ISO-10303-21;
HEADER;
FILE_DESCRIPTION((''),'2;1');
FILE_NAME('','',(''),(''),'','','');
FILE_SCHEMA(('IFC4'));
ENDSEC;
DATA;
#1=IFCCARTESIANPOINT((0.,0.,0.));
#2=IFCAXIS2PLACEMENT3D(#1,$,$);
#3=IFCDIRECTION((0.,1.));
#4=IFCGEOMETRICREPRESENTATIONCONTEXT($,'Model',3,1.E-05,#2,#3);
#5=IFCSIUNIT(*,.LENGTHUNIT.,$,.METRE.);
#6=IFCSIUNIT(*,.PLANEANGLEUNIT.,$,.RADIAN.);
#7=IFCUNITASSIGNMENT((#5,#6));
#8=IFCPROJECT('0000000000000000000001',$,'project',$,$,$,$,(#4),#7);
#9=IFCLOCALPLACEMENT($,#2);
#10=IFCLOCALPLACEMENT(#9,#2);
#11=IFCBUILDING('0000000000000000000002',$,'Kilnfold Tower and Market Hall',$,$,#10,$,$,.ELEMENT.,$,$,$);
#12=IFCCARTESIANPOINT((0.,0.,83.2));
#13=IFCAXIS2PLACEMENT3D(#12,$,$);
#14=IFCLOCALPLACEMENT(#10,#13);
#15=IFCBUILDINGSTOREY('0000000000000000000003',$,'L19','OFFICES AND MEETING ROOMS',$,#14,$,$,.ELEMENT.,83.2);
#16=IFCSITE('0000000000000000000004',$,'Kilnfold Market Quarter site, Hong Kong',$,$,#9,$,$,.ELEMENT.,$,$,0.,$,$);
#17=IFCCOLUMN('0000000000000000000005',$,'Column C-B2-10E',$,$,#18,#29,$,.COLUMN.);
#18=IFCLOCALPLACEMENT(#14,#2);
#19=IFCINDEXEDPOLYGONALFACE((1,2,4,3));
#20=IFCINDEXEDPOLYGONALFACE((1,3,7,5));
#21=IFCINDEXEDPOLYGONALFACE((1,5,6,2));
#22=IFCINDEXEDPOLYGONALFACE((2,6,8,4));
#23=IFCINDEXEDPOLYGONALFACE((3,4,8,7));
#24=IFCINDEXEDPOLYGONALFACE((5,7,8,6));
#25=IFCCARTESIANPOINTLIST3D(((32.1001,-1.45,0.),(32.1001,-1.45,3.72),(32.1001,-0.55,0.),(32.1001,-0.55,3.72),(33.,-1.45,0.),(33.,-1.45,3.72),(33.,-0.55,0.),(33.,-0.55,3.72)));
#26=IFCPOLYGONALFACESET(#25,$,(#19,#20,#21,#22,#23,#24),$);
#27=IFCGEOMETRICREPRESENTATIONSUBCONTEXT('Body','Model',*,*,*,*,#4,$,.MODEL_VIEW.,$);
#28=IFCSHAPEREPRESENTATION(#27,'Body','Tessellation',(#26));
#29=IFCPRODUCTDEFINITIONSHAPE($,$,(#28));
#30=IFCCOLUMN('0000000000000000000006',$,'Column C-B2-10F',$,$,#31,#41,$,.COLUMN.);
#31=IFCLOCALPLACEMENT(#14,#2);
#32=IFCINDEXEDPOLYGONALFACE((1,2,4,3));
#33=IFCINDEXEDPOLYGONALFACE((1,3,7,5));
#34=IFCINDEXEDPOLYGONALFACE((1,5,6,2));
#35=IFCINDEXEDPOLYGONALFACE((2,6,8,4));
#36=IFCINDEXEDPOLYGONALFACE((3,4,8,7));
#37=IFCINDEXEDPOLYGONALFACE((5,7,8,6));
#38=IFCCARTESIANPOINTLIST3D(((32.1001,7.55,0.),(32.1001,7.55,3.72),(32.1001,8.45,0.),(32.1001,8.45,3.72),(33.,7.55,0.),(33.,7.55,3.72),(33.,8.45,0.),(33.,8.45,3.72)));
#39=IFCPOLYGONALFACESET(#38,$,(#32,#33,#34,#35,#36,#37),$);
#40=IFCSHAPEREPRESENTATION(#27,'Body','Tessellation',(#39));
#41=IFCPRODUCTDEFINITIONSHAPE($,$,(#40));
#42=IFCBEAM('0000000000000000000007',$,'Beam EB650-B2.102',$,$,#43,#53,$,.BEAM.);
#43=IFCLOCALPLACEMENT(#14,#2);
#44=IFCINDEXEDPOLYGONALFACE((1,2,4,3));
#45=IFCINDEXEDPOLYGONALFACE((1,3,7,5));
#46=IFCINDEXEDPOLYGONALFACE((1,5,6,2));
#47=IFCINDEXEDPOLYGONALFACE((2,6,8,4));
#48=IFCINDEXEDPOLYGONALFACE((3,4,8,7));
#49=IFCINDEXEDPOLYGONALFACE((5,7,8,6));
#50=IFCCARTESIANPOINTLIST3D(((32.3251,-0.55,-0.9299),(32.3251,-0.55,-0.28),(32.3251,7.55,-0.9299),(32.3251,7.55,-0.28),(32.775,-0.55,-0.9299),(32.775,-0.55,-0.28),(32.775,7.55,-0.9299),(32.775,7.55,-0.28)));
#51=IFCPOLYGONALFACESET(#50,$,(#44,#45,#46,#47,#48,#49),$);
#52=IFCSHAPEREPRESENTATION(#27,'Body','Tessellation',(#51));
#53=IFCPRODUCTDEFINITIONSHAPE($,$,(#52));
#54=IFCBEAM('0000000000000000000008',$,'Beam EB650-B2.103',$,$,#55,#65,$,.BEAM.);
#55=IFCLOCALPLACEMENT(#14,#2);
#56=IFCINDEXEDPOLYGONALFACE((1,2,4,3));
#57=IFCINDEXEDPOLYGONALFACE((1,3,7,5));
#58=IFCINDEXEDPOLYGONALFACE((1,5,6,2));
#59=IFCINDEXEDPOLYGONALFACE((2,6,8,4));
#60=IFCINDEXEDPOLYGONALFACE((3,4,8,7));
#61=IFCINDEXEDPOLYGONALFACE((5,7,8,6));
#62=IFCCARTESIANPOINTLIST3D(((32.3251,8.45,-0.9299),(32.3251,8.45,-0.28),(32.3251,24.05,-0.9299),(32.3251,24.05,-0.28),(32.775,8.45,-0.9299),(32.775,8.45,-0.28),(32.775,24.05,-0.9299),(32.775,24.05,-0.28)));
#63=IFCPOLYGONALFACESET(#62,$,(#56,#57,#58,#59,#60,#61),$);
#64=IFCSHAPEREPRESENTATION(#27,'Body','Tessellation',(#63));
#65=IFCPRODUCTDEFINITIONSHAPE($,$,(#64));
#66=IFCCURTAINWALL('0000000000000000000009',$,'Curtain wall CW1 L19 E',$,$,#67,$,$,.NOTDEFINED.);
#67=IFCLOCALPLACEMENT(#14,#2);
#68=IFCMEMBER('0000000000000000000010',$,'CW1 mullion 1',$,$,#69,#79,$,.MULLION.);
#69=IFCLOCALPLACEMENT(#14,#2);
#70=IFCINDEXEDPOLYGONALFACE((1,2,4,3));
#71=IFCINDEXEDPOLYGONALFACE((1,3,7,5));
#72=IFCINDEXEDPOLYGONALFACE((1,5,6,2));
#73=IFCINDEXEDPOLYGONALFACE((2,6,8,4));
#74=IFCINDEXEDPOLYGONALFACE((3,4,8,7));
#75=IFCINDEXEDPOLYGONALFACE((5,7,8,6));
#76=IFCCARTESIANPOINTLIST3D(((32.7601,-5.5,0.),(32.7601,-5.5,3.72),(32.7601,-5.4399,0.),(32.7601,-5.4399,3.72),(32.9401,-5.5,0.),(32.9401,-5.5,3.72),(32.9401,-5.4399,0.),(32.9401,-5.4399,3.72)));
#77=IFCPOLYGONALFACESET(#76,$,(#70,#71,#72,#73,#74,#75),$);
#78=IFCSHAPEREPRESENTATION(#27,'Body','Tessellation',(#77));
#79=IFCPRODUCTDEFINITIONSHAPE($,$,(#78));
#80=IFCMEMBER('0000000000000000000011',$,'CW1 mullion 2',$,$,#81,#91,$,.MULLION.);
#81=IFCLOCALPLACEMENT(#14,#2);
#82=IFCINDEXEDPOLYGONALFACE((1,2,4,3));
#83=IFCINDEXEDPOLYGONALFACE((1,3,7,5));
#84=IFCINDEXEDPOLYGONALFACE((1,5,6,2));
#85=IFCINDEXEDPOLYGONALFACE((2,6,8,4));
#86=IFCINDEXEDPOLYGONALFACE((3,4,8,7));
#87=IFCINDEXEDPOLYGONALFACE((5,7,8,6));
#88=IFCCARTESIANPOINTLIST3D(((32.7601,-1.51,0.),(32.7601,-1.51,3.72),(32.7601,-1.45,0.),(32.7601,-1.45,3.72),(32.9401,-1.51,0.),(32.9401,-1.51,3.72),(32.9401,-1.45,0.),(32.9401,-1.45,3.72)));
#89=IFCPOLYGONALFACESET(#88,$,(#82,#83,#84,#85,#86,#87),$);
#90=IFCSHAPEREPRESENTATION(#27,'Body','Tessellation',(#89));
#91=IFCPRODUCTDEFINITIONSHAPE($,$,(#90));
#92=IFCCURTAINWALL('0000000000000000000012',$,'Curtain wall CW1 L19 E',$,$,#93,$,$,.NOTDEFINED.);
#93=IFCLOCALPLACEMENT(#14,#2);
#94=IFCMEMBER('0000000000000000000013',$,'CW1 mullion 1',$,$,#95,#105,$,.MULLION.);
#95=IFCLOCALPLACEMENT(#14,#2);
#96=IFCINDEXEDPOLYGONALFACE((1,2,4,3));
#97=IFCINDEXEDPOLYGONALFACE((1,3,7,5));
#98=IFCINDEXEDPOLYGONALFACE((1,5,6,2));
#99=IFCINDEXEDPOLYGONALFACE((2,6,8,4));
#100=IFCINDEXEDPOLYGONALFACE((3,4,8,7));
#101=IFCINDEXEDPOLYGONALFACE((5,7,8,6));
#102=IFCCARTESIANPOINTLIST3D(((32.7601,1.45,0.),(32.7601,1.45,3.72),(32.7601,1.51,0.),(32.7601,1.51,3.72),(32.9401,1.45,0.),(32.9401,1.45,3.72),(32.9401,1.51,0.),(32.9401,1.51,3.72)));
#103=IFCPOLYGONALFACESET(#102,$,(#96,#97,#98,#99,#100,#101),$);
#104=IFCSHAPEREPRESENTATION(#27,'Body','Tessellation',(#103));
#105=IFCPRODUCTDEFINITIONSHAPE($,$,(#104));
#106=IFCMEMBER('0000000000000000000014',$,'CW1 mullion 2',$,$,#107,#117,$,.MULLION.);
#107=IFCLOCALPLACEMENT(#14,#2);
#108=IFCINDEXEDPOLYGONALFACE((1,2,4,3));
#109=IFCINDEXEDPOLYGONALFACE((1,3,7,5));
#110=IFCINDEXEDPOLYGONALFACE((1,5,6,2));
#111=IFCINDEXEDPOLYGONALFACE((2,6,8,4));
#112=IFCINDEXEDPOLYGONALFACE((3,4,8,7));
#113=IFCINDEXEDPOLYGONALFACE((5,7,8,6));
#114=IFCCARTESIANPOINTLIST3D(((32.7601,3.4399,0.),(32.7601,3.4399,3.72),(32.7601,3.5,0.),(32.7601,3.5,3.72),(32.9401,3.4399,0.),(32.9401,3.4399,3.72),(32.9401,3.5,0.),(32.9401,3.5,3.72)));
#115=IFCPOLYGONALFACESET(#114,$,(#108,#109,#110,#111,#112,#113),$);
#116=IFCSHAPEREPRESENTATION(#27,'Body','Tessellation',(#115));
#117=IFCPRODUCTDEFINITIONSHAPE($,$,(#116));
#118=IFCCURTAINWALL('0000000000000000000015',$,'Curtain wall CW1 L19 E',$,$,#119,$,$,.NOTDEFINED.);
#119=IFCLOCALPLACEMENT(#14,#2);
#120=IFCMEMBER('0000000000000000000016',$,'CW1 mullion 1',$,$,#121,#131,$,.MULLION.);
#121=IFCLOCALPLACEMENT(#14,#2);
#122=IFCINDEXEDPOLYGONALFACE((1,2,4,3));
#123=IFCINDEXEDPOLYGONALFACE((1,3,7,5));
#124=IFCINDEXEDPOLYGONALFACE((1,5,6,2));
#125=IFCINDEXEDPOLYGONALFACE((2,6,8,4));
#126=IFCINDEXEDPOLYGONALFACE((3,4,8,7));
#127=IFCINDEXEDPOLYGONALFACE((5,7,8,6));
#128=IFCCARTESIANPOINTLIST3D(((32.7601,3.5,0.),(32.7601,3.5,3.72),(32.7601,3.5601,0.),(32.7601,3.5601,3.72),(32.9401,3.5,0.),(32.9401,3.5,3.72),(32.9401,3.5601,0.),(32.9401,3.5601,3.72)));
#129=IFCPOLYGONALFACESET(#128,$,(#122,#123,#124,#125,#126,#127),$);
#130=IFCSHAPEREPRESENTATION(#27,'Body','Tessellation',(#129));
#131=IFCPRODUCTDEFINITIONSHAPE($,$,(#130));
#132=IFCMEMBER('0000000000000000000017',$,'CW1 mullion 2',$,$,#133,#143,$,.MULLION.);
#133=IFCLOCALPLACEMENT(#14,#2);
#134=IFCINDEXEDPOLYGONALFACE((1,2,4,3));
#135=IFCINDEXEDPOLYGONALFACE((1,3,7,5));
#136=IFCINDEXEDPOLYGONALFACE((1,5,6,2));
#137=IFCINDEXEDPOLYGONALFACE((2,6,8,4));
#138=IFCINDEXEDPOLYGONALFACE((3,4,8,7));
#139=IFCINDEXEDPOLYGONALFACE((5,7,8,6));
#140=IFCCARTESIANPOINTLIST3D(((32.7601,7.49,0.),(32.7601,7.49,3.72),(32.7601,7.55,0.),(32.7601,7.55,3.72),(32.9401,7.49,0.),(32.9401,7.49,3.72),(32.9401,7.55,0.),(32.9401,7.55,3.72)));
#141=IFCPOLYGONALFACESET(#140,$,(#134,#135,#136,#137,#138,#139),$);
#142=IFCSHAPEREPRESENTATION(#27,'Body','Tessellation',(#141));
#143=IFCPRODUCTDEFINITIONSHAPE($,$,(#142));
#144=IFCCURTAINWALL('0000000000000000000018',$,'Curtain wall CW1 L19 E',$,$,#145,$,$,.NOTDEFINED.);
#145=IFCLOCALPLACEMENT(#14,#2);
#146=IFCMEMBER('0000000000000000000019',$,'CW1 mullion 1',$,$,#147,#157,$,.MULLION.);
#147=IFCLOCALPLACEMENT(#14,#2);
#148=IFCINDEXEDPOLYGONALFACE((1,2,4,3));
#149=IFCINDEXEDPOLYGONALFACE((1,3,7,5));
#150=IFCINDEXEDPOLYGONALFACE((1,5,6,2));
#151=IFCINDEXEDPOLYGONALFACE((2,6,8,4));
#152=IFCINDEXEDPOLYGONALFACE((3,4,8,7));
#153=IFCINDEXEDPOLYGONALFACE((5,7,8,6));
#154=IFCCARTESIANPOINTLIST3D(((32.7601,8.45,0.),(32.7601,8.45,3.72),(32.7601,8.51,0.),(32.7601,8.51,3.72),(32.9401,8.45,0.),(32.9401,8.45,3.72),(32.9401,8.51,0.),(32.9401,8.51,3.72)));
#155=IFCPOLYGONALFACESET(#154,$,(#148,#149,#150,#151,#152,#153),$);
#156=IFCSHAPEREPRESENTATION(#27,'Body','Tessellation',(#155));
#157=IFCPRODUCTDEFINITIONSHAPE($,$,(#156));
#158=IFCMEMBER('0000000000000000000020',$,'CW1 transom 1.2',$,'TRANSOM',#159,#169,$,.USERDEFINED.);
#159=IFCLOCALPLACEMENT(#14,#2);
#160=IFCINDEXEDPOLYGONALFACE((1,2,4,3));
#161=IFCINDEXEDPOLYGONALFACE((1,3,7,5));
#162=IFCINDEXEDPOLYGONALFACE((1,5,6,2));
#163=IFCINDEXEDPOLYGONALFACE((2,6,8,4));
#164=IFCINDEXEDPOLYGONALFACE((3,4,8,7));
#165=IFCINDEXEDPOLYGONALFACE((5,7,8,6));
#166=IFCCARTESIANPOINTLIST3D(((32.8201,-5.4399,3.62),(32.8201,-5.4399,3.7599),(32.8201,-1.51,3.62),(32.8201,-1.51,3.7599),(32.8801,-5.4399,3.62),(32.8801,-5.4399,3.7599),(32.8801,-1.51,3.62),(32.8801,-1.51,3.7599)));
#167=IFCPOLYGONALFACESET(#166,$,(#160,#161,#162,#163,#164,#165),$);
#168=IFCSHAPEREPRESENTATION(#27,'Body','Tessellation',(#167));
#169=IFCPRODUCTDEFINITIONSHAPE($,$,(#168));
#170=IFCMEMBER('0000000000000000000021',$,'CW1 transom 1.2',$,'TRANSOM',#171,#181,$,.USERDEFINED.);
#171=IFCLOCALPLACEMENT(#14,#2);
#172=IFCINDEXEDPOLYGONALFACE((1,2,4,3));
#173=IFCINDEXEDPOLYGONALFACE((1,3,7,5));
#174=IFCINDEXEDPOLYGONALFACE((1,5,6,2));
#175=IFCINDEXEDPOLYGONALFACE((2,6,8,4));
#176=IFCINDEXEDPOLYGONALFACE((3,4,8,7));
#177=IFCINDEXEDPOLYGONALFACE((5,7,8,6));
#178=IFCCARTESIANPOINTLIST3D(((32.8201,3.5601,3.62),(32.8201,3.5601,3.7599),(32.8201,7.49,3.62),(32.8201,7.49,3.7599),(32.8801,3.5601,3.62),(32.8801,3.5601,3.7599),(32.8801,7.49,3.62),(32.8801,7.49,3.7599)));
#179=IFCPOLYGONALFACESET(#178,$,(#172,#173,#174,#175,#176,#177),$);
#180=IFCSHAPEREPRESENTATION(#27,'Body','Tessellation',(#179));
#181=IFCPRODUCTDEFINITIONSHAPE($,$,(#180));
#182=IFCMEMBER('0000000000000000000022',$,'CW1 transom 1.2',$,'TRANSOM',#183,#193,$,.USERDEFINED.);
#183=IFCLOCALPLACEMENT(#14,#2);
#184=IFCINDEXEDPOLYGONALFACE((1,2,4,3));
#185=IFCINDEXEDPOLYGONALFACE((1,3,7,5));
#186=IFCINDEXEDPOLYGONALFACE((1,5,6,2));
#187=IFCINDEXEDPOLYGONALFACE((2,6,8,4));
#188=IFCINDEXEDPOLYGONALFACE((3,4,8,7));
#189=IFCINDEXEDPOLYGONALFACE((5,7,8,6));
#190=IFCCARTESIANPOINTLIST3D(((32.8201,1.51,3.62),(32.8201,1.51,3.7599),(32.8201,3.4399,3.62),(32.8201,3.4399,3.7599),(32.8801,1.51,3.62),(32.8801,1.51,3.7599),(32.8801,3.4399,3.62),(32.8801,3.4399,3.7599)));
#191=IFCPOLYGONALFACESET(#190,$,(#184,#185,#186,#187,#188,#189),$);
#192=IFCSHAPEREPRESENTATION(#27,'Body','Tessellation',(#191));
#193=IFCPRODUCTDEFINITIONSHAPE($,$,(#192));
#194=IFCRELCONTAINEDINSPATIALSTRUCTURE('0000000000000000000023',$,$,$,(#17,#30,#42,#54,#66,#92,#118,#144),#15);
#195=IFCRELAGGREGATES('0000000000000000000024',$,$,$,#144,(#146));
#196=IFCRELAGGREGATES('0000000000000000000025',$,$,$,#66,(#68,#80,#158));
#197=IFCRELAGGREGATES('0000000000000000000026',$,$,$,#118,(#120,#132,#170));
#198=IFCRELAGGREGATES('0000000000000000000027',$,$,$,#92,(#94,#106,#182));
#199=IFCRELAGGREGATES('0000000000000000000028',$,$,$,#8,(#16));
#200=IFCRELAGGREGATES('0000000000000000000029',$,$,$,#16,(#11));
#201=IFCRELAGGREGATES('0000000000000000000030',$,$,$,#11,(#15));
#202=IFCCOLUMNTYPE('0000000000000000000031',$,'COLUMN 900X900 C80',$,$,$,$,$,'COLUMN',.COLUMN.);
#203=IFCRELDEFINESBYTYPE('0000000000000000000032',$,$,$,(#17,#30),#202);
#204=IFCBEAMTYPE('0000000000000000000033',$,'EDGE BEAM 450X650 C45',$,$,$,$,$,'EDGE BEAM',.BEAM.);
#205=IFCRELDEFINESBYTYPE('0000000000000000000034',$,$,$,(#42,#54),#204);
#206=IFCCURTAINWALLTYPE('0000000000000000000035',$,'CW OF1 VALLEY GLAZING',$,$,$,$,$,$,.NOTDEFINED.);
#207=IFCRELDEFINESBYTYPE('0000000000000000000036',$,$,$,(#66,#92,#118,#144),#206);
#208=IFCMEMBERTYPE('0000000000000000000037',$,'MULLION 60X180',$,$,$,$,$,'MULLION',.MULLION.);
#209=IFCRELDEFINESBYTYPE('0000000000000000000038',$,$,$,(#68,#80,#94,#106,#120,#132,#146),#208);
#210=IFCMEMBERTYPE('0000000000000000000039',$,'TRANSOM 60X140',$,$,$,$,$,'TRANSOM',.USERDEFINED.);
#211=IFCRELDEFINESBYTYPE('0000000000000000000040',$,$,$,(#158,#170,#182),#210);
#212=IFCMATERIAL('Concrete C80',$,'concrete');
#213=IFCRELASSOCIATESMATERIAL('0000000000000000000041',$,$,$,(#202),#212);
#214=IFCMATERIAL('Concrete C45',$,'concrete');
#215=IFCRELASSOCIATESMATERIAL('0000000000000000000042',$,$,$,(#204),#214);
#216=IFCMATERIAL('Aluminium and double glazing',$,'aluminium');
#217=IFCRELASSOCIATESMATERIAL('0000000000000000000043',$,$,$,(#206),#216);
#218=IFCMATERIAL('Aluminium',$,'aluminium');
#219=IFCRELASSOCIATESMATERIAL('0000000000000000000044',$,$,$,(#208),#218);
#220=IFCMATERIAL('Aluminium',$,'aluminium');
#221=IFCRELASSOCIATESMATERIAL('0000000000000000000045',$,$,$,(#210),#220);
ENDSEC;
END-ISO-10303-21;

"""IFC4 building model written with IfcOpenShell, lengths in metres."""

from ifc_helpers import new_model, si_unit, direction, frame, origin, origin_2d, place, context, subcontext, project, spatial, rectangle, extrude, source, transform, mapped, material, material_profile, profile_set, type_object, element, aggregate, save


model = new_model("IFC4")

# Units and contexts
model_context = context("Model", 3, precision=1e-05, world=origin(), true_north=direction((0.0, 1.0)))
body_context = subcontext(model_context, "Body", "Model", "MODEL_VIEW")
ifc_project = project(units=[si_unit("LENGTHUNIT", "METRE"), si_unit("PLANEANGLEUNIT", "RADIAN")], contexts=[model_context])

# Site, building, storey
site_placement = place(None, origin())
site = spatial("IfcSite", under=ifc_project, at=site_placement, Name="Kilnfold Market Quarter site, Hong Kong", CompositionType="ELEMENT", RefElevation=0.0)
building_placement = place(site_placement, origin())
building = spatial("IfcBuilding", under=site, at=building_placement, Name="Kilnfold Tower and Market Hall", CompositionType="ELEMENT")
storey_placement = place(building_placement, frame((0.0, 0.0, 83.2)))
storey = spatial("IfcBuildingStorey", under=building, at=storey_placement, Name="L19", Description="OFFICES AND MEETING ROOMS", CompositionType="ELEMENT", Elevation=83.2)

# Columns
ifc_material_1 = material(Name="Concrete C80", Category="concrete")
ifc_material_profile_1 = material_profile(ifc_material_1, rectangle(XDim=0.8999, YDim=0.8999, at=origin_2d()), Name="RC 900x900")
ifc_profile_set_1 = profile_set([ifc_material_profile_1], Name="Concrete C80")
column_type = type_object("IfcColumnType", Name="COLUMN 900X900 C80", ElementType="COLUMN", PredefinedType="COLUMN", material=ifc_profile_set_1)
shared_shape_1 = source(origin(), body_context, "Body", "SweptSolid", [
    extrude(rectangle(XDim=0.8999, YDim=0.8999, at=origin_2d()), origin(), (0.0, 0.0, 1.0), 3.72),
])
for number, where, z_axis, x_axis, name in (
    (1, (32.55, -1.0, 0.0), (0.0, 0.0, 1.0), (1.0, 0.0, 0.0), "Column C-B2-10E"),
    (2, (32.55, 8.0, 0.0), (0.0, 0.0, 1.0), (1.0, 0.0, 0.0), "Column C-B2-10F"),
):
    element("IfcColumn", number, at=place(storey_placement, frame(where, z_axis=z_axis, x_axis=x_axis)), inside=storey, type_object=column_type, Name=name, PredefinedType="COLUMN", context=body_context, shape_type="MappedRepresentation", body=[
        mapped(shared_shape_1, transform((0.0, 0.0, 0.0))),
    ])

# Beams
ifc_material_2 = material(Name="Concrete C45", Category="concrete")
ifc_material_profile_2 = material_profile(ifc_material_2, rectangle(XDim=0.45, YDim=0.6499, at=origin_2d()), Name="RC 450x650")
ifc_profile_set_2 = profile_set([ifc_material_profile_2], Name="Concrete C45")
beam_type = type_object("IfcBeamType", Name="EDGE BEAM 450X650 C45", ElementType="EDGE BEAM", PredefinedType="BEAM", material=ifc_profile_set_2)
shared_shape_2 = source(origin(), body_context, "Body", "SweptSolid", [
    extrude(rectangle(XDim=0.45, YDim=0.6499, at=origin_2d()), origin(), (0.0, 0.0, 1.0), 8.1001),
])
beam_1_placement = place(storey_placement, frame((32.55, -0.55, -0.605), z_axis=(0.0, 1.0, 0.0), x_axis=(-1.0, 0.0, 0.0)))
element("IfcBeam", 3, at=beam_1_placement, inside=storey, type_object=beam_type, Name="Beam EB650-B2.102", PredefinedType="BEAM", context=body_context, shape_type="MappedRepresentation", body=[
    mapped(shared_shape_2, transform((0.0, 0.0, 0.0))),
])
shared_shape_3 = source(origin(), body_context, "Body", "SweptSolid", [
    extrude(rectangle(XDim=0.45, YDim=0.6499, at=origin_2d()), origin(), (0.0, 0.0, 1.0), 15.6001),
])
beam_2_placement = place(storey_placement, frame((32.55, 8.45, -0.605), z_axis=(0.0, 1.0, 0.0), x_axis=(-1.0, 0.0, 0.0)))
element("IfcBeam", 4, at=beam_2_placement, inside=storey, type_object=beam_type, Name="Beam EB650-B2.103", PredefinedType="BEAM", context=body_context, shape_type="MappedRepresentation", body=[
    mapped(shared_shape_3, transform((0.0, 0.0, 0.0))),
])

# Curtain walls, members
ifc_material_3 = material(Name="Aluminium and double glazing", Category="aluminium")
curtain_wall_type = type_object("IfcCurtainWallType", Name="CW OF1 VALLEY GLAZING", PredefinedType="NOTDEFINED", material=ifc_material_3)
curtain_wall_1_placement = place(storey_placement, origin())
curtain_wall_1 = element("IfcCurtainWall", 5, at=curtain_wall_1_placement, inside=storey, type_object=curtain_wall_type, Name="Curtain wall CW1 L19 E", PredefinedType="NOTDEFINED")
ifc_material_4 = material(Name="Aluminium", Category="aluminium")
ifc_material_profile_3 = material_profile(ifc_material_4, rectangle(XDim=0.0601, YDim=0.1799, at=origin_2d()), Name="MULLION 60x180")
ifc_profile_set_3 = profile_set([ifc_material_profile_3], Name="Aluminium")
member_type_1 = type_object("IfcMemberType", Name="MULLION 60X180", ElementType="MULLION", PredefinedType="MULLION", material=ifc_profile_set_3)
shared_shape_4 = source(origin(), body_context, "Body", "SweptSolid", [
    extrude(rectangle(XDim=0.0601, YDim=0.1799, at=origin_2d()), origin(), (0.0, 0.0, 1.0), 3.72),
])
member_1_placement = place(storey_placement, frame((32.8501, -5.47, 0.0), z_axis=(0.0, 0.0, 1.0), x_axis=(0.0, 1.0, 0.0)))
member_1 = element("IfcMember", 6, at=member_1_placement, type_object=member_type_1, Name="CW1 mullion 1", PredefinedType="MULLION", context=body_context, shape_type="MappedRepresentation", body=[
    mapped(shared_shape_4, transform((0.0, 0.0, 0.0))),
])
member_2_placement = place(storey_placement, frame((32.8501, -1.48, 0.0), z_axis=(0.0, 0.0, 1.0), x_axis=(0.0, 1.0, 0.0)))
member_2 = element("IfcMember", 7, at=member_2_placement, type_object=member_type_1, Name="CW1 mullion 2", PredefinedType="MULLION", context=body_context, shape_type="MappedRepresentation", body=[
    mapped(shared_shape_4, transform((0.0, 0.0, 0.0))),
])
curtain_wall_2_placement = place(storey_placement, origin())
curtain_wall_2 = element("IfcCurtainWall", 8, at=curtain_wall_2_placement, inside=storey, type_object=curtain_wall_type, Name="Curtain wall CW1 L19 E", PredefinedType="NOTDEFINED")
member_3_placement = place(storey_placement, frame((32.8501, 1.48, 0.0), z_axis=(0.0, 0.0, 1.0), x_axis=(0.0, 1.0, 0.0)))
member_3 = element("IfcMember", 9, at=member_3_placement, type_object=member_type_1, Name="CW1 mullion 1", PredefinedType="MULLION", context=body_context, shape_type="MappedRepresentation", body=[
    mapped(shared_shape_4, transform((0.0, 0.0, 0.0))),
])
member_4_placement = place(storey_placement, frame((32.8501, 3.47, 0.0), z_axis=(0.0, 0.0, 1.0), x_axis=(0.0, 1.0, 0.0)))
member_4 = element("IfcMember", 10, at=member_4_placement, type_object=member_type_1, Name="CW1 mullion 2", PredefinedType="MULLION", context=body_context, shape_type="MappedRepresentation", body=[
    mapped(shared_shape_4, transform((0.0, 0.0, 0.0))),
])
curtain_wall_3_placement = place(storey_placement, origin())
curtain_wall_3 = element("IfcCurtainWall", 11, at=curtain_wall_3_placement, inside=storey, type_object=curtain_wall_type, Name="Curtain wall CW1 L19 E", PredefinedType="NOTDEFINED")
member_5_placement = place(storey_placement, frame((32.8501, 3.53, 0.0), z_axis=(0.0, 0.0, 1.0), x_axis=(0.0, 1.0, 0.0)))
member_5 = element("IfcMember", 12, at=member_5_placement, type_object=member_type_1, Name="CW1 mullion 1", PredefinedType="MULLION", context=body_context, shape_type="MappedRepresentation", body=[
    mapped(shared_shape_4, transform((0.0, 0.0, 0.0))),
])
member_6_placement = place(storey_placement, frame((32.8501, 7.52, 0.0), z_axis=(0.0, 0.0, 1.0), x_axis=(0.0, 1.0, 0.0)))
member_6 = element("IfcMember", 13, at=member_6_placement, type_object=member_type_1, Name="CW1 mullion 2", PredefinedType="MULLION", context=body_context, shape_type="MappedRepresentation", body=[
    mapped(shared_shape_4, transform((0.0, 0.0, 0.0))),
])

# Curtain wall, member
curtain_wall_4_placement = place(storey_placement, origin())
curtain_wall_4 = element("IfcCurtainWall", 14, at=curtain_wall_4_placement, inside=storey, type_object=curtain_wall_type, Name="Curtain wall CW1 L19 E", PredefinedType="NOTDEFINED")
member_7_placement = place(storey_placement, frame((32.8501, 8.48, 0.0), z_axis=(0.0, 0.0, 1.0), x_axis=(0.0, 1.0, 0.0)))
member_7 = element("IfcMember", 15, at=member_7_placement, type_object=member_type_1, Name="CW1 mullion 1", PredefinedType="MULLION", context=body_context, shape_type="MappedRepresentation", body=[
    mapped(shared_shape_4, transform((0.0, 0.0, 0.0))),
])

# Members
ifc_material_5 = material(Name="Aluminium", Category="aluminium")
ifc_material_profile_4 = material_profile(ifc_material_5, rectangle(XDim=0.0601, YDim=0.1399, at=origin_2d()), Name="TRANSOM 60x140")
ifc_profile_set_4 = profile_set([ifc_material_profile_4], Name="Aluminium")
member_type_2 = type_object("IfcMemberType", Name="TRANSOM 60X140", ElementType="TRANSOM", PredefinedType="USERDEFINED", material=ifc_profile_set_4)
shared_shape_5 = source(origin(), body_context, "Body", "SweptSolid", [
    extrude(rectangle(XDim=0.0601, YDim=0.1399, at=origin_2d()), origin(), (0.0, 0.0, 1.0), 3.9299),
])
member_8_placement = place(storey_placement, frame((32.8501, -5.4399, 3.6899), z_axis=(0.0, 1.0, 0.0), x_axis=(-1.0, 0.0, 0.0)))
member_8 = element("IfcMember", 16, at=member_8_placement, type_object=member_type_2, Name="CW1 transom 1.2", ObjectType="TRANSOM", PredefinedType="USERDEFINED", context=body_context, shape_type="MappedRepresentation", body=[
    mapped(shared_shape_5, transform((0.0, 0.0, 0.0))),
])
member_9_placement = place(storey_placement, frame((32.8501, 3.5601, 3.6899), z_axis=(0.0, 1.0, 0.0), x_axis=(-1.0, 0.0, 0.0)))
member_9 = element("IfcMember", 17, at=member_9_placement, type_object=member_type_2, Name="CW1 transom 1.2", ObjectType="TRANSOM", PredefinedType="USERDEFINED", context=body_context, shape_type="MappedRepresentation", body=[
    mapped(shared_shape_5, transform((0.0, 0.0, 0.0))),
])
shared_shape_6 = source(origin(), body_context, "Body", "SweptSolid", [
    extrude(rectangle(XDim=0.0601, YDim=0.1399, at=origin_2d()), origin(), (0.0, 0.0, 1.0), 1.9299),
])
member_10_placement = place(storey_placement, frame((32.8501, 1.51, 3.6899), z_axis=(0.0, 1.0, 0.0), x_axis=(-1.0, 0.0, 0.0)))
member_10 = element("IfcMember", 18, at=member_10_placement, type_object=member_type_2, Name="CW1 transom 1.2", ObjectType="TRANSOM", PredefinedType="USERDEFINED", context=body_context, shape_type="MappedRepresentation", body=[
    mapped(shared_shape_6, transform((0.0, 0.0, 0.0))),
])
aggregate(curtain_wall_4, [member_7])

aggregate(curtain_wall_1, [member_1, member_2, member_8])
aggregate(curtain_wall_3, [member_5, member_6, member_9])
aggregate(curtain_wall_2, [member_3, member_4, member_10])

save(model, "model.ifc")
